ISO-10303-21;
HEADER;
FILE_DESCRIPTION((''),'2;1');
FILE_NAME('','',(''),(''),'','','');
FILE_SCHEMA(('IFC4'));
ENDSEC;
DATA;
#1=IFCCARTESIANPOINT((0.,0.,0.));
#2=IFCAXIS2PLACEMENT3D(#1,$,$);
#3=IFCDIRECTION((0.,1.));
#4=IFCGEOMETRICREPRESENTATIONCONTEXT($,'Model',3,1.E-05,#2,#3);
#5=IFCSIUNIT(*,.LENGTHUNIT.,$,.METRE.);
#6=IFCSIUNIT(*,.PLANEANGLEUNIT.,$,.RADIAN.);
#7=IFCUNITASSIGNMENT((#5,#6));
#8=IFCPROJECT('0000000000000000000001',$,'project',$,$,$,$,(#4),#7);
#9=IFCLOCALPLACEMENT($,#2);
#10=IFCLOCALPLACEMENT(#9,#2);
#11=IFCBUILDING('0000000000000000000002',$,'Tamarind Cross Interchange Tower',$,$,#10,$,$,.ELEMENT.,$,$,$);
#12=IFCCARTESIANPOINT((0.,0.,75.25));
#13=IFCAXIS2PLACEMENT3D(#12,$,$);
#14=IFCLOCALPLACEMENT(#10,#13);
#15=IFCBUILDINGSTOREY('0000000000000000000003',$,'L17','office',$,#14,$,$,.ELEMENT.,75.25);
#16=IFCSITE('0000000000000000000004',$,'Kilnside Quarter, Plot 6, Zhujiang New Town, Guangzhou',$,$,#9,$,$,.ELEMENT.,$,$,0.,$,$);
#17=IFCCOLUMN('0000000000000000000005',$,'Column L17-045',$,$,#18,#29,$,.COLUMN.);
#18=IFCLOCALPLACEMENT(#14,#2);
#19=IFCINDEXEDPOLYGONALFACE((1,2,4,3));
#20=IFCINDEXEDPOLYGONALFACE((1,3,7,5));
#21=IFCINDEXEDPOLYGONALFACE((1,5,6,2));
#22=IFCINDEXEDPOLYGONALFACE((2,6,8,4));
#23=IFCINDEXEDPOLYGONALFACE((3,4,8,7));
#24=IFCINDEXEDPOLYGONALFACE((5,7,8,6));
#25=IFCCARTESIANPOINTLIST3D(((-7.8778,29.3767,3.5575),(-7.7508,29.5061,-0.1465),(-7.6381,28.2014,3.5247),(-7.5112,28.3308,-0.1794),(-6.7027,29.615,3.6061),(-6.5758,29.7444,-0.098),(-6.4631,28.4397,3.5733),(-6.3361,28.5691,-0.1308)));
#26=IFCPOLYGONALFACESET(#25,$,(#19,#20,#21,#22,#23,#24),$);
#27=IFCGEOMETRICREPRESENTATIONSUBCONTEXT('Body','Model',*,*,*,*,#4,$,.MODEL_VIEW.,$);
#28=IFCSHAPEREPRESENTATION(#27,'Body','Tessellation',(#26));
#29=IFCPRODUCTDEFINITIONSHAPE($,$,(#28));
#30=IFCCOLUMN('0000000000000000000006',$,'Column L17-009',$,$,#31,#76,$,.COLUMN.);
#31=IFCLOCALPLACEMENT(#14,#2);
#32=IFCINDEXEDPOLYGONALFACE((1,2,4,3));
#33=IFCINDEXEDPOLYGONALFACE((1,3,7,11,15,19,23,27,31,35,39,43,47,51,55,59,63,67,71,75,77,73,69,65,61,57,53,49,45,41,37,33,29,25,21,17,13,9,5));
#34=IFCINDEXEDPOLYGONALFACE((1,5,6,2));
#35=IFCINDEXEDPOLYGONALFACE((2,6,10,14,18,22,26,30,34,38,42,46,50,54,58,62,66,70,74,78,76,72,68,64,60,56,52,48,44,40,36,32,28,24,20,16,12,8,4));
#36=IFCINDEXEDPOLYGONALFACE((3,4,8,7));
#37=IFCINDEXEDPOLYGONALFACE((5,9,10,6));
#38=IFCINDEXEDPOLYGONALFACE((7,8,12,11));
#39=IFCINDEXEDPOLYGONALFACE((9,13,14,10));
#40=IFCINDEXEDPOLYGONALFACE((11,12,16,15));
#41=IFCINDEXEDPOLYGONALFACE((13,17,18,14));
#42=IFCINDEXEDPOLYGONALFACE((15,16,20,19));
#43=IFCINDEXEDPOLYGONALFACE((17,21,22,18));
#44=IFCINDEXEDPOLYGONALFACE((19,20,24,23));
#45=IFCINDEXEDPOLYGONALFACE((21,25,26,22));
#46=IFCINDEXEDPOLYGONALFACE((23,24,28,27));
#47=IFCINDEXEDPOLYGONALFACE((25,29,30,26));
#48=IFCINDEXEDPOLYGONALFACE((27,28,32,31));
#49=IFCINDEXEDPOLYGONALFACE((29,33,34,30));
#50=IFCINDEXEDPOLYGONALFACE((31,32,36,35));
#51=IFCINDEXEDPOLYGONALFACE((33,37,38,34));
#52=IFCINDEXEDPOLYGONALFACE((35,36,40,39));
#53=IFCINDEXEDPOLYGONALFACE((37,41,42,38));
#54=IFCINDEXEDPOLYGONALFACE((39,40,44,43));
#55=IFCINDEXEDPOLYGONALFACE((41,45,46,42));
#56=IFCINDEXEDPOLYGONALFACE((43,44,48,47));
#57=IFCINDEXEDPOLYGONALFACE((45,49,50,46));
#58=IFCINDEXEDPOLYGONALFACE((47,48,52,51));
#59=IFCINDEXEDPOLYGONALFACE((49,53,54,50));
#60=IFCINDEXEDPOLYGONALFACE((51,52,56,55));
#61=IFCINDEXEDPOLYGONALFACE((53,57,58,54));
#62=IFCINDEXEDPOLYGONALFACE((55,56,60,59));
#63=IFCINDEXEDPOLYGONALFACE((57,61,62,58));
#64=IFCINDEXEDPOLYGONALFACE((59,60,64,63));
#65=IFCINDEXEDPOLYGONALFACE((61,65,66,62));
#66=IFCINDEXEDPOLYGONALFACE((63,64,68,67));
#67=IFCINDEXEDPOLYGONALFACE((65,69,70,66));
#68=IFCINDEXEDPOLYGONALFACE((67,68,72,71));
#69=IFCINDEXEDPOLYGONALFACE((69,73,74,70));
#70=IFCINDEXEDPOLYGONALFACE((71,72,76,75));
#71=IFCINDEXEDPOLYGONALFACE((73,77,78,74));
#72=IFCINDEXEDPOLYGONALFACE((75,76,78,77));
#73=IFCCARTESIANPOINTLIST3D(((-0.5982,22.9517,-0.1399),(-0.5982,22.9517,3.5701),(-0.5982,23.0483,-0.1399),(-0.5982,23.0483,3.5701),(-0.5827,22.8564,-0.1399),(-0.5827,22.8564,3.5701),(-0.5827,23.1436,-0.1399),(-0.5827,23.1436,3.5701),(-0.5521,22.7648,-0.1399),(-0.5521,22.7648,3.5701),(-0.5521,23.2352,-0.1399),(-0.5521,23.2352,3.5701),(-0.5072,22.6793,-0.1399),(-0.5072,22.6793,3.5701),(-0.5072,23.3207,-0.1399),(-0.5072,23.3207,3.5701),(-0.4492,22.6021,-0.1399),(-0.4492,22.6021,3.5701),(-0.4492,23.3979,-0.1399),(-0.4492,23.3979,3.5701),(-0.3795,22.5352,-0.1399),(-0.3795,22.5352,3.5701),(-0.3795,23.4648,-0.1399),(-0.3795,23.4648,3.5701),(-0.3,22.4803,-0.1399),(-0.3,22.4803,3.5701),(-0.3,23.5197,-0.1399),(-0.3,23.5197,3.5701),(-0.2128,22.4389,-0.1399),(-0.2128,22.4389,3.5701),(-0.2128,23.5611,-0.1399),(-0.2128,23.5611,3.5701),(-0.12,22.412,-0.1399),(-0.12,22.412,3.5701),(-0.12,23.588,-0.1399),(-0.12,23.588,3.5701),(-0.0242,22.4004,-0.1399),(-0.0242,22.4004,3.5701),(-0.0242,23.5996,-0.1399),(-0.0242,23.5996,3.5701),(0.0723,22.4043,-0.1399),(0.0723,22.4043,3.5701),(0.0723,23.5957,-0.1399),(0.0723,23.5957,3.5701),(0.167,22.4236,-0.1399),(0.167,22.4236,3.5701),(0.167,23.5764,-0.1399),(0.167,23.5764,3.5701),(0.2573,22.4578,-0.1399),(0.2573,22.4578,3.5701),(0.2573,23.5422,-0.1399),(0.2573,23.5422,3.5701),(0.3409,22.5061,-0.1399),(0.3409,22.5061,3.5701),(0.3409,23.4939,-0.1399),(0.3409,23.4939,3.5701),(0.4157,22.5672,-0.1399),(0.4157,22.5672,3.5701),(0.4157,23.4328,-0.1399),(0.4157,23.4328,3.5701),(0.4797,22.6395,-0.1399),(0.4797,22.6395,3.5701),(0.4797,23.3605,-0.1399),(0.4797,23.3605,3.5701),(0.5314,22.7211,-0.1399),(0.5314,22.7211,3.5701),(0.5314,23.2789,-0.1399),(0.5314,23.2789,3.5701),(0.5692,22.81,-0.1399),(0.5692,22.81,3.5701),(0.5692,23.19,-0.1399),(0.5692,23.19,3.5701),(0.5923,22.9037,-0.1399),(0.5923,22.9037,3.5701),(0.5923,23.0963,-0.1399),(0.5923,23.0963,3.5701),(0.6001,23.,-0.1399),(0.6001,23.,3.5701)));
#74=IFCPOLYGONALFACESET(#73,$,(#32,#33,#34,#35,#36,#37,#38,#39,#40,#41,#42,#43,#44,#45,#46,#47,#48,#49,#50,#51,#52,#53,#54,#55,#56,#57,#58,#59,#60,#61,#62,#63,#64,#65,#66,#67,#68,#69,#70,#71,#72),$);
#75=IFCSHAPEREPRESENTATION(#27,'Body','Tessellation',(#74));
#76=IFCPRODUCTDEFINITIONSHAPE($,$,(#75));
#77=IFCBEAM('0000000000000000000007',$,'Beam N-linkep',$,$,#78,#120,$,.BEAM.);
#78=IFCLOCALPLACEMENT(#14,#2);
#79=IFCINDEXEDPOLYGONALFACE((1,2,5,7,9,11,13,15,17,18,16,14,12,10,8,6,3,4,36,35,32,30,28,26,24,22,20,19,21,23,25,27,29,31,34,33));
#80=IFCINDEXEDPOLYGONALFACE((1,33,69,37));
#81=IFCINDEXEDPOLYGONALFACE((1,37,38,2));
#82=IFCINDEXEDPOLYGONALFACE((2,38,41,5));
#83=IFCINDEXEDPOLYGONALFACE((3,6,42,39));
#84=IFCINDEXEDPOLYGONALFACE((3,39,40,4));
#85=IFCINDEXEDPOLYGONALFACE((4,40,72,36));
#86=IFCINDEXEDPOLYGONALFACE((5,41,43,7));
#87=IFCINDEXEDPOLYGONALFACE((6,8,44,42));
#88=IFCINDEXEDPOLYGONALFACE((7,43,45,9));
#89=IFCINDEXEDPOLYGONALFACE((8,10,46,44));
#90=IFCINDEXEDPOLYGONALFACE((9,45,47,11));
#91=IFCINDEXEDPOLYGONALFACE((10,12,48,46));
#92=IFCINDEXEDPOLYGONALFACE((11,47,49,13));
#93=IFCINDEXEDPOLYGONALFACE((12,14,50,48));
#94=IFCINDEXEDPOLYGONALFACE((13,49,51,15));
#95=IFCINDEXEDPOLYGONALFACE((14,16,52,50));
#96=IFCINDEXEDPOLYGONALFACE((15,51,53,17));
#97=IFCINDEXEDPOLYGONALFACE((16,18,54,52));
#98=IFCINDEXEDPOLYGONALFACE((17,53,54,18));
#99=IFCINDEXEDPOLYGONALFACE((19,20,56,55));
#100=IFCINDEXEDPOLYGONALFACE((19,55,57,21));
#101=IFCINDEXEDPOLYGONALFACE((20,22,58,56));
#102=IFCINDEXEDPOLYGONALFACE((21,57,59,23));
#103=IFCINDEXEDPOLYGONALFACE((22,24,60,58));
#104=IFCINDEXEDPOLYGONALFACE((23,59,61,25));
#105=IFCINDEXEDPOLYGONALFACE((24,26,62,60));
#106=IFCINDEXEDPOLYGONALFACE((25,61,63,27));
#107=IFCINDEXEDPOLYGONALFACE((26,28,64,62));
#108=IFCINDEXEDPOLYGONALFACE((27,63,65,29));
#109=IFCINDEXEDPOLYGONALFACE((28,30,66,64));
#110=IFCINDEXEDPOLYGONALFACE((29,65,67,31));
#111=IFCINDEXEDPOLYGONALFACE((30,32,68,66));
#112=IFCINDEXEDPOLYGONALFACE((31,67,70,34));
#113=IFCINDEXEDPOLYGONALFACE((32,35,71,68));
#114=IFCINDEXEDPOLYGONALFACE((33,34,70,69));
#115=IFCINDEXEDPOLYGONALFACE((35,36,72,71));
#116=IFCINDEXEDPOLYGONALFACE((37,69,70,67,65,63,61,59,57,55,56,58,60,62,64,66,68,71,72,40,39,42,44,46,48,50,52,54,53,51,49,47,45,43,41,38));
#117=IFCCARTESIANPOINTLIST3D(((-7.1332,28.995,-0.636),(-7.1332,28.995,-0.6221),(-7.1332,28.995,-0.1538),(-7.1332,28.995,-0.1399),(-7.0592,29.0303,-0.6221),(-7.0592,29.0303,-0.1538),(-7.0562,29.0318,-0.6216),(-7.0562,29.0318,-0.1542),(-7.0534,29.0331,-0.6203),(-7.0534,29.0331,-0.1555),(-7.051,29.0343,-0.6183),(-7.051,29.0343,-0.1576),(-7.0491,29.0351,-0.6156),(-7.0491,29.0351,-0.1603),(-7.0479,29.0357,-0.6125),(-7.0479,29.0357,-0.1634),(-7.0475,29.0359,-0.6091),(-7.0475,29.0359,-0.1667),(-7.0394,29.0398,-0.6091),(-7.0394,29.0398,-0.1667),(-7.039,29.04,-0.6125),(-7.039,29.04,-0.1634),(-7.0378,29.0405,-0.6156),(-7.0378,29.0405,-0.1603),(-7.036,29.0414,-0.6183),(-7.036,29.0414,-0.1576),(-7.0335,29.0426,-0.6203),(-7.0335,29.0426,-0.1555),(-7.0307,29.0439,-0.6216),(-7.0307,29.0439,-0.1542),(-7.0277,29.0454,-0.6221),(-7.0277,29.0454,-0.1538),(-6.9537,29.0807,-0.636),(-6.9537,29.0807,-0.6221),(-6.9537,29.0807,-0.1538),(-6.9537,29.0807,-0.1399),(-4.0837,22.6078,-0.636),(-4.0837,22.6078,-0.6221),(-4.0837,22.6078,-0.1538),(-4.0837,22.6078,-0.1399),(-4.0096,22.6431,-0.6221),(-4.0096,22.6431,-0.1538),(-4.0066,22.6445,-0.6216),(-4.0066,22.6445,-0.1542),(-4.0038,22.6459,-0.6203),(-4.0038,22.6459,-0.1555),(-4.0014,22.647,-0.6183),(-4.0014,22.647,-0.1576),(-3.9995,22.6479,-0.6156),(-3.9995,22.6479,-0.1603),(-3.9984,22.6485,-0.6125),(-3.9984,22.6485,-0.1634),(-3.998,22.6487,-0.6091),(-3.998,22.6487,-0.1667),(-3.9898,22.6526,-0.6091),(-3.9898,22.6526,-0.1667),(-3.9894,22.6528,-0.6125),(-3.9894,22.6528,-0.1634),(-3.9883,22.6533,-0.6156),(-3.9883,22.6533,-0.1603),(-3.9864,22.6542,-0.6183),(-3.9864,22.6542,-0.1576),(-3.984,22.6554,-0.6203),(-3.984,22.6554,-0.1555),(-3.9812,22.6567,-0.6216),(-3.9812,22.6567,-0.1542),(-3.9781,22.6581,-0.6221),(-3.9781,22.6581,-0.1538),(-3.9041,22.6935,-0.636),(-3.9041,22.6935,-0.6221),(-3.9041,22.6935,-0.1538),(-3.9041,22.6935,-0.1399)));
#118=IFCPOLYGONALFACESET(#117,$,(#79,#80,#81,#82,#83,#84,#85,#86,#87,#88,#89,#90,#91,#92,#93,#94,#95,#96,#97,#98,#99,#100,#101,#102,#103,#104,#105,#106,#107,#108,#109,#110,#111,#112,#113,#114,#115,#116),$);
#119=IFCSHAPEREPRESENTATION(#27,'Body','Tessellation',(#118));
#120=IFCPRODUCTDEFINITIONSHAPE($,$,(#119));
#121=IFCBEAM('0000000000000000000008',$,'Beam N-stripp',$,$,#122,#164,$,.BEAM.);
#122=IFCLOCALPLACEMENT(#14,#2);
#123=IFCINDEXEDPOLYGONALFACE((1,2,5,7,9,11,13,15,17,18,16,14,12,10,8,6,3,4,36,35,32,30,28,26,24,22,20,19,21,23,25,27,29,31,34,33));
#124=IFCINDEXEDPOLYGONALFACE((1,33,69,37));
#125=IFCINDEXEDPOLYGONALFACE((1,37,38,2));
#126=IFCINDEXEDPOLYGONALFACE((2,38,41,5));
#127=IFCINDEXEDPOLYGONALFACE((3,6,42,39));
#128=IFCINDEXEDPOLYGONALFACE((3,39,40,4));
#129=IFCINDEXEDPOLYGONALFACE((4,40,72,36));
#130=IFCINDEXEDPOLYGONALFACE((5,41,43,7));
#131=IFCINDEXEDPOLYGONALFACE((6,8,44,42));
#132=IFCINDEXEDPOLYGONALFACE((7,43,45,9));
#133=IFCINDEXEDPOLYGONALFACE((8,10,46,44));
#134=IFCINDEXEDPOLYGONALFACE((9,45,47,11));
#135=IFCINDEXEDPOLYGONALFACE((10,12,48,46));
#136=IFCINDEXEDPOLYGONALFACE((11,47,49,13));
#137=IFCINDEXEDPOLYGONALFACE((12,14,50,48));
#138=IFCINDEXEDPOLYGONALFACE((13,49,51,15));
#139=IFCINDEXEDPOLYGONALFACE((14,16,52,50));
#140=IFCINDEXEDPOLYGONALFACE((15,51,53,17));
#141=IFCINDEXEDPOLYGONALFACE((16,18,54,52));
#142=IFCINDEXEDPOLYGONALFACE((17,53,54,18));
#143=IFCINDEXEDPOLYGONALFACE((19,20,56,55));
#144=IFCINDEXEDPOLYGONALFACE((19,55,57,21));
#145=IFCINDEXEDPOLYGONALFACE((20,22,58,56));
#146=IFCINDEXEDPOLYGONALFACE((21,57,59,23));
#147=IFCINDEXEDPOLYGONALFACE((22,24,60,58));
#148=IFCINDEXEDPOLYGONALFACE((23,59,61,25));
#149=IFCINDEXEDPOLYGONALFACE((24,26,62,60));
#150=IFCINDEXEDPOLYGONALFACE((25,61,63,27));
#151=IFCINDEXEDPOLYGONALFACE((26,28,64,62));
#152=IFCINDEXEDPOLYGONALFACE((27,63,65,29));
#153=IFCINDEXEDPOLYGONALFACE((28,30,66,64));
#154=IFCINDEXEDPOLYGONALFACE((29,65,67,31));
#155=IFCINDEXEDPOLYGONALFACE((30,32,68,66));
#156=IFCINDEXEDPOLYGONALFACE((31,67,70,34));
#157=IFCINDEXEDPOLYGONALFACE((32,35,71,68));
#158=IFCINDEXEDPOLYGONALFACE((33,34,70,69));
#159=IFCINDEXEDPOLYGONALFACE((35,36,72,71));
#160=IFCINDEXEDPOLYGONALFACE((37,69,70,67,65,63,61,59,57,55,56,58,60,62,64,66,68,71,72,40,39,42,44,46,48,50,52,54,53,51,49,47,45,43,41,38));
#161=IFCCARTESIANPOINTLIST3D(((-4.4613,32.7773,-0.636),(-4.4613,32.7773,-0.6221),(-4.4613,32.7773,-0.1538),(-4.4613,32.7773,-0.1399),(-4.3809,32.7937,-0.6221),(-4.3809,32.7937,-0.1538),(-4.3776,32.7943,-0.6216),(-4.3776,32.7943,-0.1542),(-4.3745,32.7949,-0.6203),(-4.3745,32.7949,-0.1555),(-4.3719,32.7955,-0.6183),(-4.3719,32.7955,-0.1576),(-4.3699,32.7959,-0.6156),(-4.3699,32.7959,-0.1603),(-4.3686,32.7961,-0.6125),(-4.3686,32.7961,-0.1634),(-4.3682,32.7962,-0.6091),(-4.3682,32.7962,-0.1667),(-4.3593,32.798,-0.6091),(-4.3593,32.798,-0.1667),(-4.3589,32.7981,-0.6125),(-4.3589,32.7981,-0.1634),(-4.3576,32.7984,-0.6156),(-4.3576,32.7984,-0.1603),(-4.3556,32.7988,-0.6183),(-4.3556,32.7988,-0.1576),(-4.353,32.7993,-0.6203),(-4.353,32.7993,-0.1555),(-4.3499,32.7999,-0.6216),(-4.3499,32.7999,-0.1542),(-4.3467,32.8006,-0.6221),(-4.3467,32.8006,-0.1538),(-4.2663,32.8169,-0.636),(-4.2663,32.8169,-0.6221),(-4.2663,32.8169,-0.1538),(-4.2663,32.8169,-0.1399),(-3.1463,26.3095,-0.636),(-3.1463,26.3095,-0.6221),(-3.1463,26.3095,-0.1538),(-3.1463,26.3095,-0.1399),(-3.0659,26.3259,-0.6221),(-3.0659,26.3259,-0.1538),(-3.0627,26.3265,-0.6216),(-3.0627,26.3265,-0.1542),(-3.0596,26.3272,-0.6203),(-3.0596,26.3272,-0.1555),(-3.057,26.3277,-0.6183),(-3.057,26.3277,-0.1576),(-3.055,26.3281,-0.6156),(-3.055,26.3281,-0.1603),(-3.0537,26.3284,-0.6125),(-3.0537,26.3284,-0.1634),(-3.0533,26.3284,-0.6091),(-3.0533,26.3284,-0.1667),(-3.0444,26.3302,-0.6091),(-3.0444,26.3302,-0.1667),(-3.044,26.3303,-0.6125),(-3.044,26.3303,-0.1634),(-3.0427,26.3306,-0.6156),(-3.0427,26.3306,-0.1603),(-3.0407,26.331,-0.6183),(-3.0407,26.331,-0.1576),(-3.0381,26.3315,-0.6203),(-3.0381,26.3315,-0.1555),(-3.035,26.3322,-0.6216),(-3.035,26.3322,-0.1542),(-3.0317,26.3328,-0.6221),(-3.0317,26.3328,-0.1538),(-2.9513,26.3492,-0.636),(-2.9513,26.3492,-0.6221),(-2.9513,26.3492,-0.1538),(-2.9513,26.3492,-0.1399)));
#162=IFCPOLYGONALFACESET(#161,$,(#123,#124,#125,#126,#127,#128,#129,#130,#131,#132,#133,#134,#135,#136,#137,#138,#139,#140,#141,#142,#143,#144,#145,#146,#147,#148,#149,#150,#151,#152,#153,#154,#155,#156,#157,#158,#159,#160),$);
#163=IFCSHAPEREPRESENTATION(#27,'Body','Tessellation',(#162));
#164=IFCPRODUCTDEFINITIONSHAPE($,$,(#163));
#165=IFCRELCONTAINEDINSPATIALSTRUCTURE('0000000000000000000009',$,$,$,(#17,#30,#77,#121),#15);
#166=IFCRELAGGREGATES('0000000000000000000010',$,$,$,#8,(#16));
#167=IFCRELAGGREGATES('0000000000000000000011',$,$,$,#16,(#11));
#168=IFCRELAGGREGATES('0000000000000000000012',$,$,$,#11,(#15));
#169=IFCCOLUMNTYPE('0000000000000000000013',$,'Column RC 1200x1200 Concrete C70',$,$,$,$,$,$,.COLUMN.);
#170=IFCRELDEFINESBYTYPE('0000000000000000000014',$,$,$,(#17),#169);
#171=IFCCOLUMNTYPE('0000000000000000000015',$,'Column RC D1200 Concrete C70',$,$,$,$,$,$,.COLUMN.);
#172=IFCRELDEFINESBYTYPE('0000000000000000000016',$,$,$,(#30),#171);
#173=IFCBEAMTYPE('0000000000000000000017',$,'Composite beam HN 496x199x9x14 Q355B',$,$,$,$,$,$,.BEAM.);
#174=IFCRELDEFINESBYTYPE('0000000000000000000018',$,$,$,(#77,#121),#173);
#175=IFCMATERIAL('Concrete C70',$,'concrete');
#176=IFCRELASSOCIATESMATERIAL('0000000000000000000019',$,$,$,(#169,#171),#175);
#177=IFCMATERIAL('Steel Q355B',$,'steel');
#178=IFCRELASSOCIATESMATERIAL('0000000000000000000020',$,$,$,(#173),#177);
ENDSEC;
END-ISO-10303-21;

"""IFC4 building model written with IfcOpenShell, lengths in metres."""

from ifc_helpers import new_model, si_unit, direction, frame, origin, origin_2d, place, context, subcontext, project, spatial, rectangle, circle, i_section, extrude, material, material_profile, profile_set, type_object, element, save


model = new_model("IFC4")

# Units and contexts
model_context = context("Model", 3, precision=1e-05, world=origin(), true_north=direction((0.0, 1.0)))
body_context = subcontext(model_context, "Body", "Model", "MODEL_VIEW")
ifc_project = project(units=[si_unit("LENGTHUNIT", "METRE"), si_unit("PLANEANGLEUNIT", "RADIAN")], contexts=[model_context])

# Site, building, storey
site_placement = place(None, origin())
site = spatial("IfcSite", under=ifc_project, at=site_placement, Name="Kilnside Quarter, Plot 6, Zhujiang New Town, Guangzhou", CompositionType="ELEMENT", RefElevation=0.0)
building_placement = place(site_placement, origin())
building = spatial("IfcBuilding", under=site, at=building_placement, Name="Tamarind Cross Interchange Tower", CompositionType="ELEMENT")
storey_placement = place(building_placement, frame((0.0, 0.0, 75.25)))
storey = spatial("IfcBuildingStorey", under=building, at=storey_placement, Name="L17", Description="office", CompositionType="ELEMENT", Elevation=75.25)

# Columns
ifc_material_1 = material(Name="Concrete C70", Category="concrete")
ifc_material_profile_1 = material_profile(ifc_material_1, rectangle(XDim=1.2, YDim=1.2, at=origin_2d()), Name="RC 1200x1200")
ifc_profile_set_1 = profile_set([ifc_material_profile_1], Name="Concrete C70")
column_type_1 = type_object("IfcColumnType", Name="Column RC 1200x1200 Concrete C70", PredefinedType="COLUMN", material=ifc_profile_set_1)
column_1_placement = place(storey_placement, frame((-7.0435, 29.0376, -0.1387), z_axis=(-0.034233, -0.034891, 0.998805), x_axis=(0.979256, 0.198538, 0.040498)))
element("IfcColumn", 1, at=column_1_placement, inside=storey, type_object=column_type_1, Name="Column L17-045", PredefinedType="COLUMN", context=body_context, shape_type="SweptSolid", body=[
    extrude(rectangle(XDim=1.2, YDim=1.2, at=origin_2d()), origin(), (0.0, 0.0, 1.0), 3.7085),
])
ifc_material_profile_2 = material_profile(ifc_material_1, circle(Radius=0.6001, at=origin_2d()), Name="RC D1200")
ifc_profile_set_2 = profile_set([ifc_material_profile_2], Name="Concrete C70")
column_type_2 = type_object("IfcColumnType", Name="Column RC D1200 Concrete C70", PredefinedType="COLUMN", material=ifc_profile_set_2)
column_2_placement = place(storey_placement, frame((0.0, 23.0, -0.1399), z_axis=(0.0, 0.0, 1.0), x_axis=(1.0, 0.0, 0.0)))
element("IfcColumn", 2, at=column_2_placement, inside=storey, type_object=column_type_2, Name="Column L17-009", PredefinedType="COLUMN", context=body_context, shape_type="SweptSolid", body=[
    extrude(circle(Radius=0.6001, at=origin_2d()), origin(), (0.0, 0.0, 1.0), 3.71),
])

# Beams
ifc_material_2 = material(Name="Steel Q355B", Category="steel")
ifc_material_profile_3 = material_profile(ifc_material_2, i_section(OverallWidth=0.199, OverallDepth=0.4961, WebThickness=0.009, FlangeThickness=0.0139, FilletRadius=0.0129, at=origin_2d()), Name="HN 496x199x9x14")
ifc_profile_set_3 = profile_set([ifc_material_profile_3], Name="Steel Q355B")
beam_type_1 = type_object("IfcBeamType", Name="Composite beam HN 496x199x9x14 Q355B", PredefinedType="BEAM", material=ifc_profile_set_3)
beam_1_placement = place(storey_placement, frame((-7.0435, 29.0378, -0.3879), z_axis=(0.430859, -0.902419, 0.0), x_axis=(0.902419, 0.430859, 0.0)))
element("IfcBeam", 3, at=beam_1_placement, inside=storey, type_object=beam_type_1, Name="Beam N-linkep", PredefinedType="BEAM", context=body_context, shape_type="SweptSolid", body=[
    extrude(i_section(OverallWidth=0.199, OverallDepth=0.4961, WebThickness=0.009, FlangeThickness=0.0139, FilletRadius=0.0129, at=origin_2d()), origin(), (0.0, 0.0, 1.0), 7.0779),
])
beam_2_placement = place(storey_placement, frame((-3.0488, 26.3293, -0.3879), z_axis=(-0.199231, 0.979953, 0.0), x_axis=(-0.979953, -0.199231, 0.0)))
element("IfcBeam", 4, at=beam_2_placement, inside=storey, type_object=beam_type_1, Name="Beam N-stripp", PredefinedType="BEAM", context=body_context, shape_type="SweptSolid", body=[
    extrude(i_section(OverallWidth=0.199, OverallDepth=0.4961, WebThickness=0.009, FlangeThickness=0.0139, FilletRadius=0.0129, at=origin_2d()), origin(), (0.0, 0.0, 1.0), 6.6001),
])

save(model, "model.ifc")
